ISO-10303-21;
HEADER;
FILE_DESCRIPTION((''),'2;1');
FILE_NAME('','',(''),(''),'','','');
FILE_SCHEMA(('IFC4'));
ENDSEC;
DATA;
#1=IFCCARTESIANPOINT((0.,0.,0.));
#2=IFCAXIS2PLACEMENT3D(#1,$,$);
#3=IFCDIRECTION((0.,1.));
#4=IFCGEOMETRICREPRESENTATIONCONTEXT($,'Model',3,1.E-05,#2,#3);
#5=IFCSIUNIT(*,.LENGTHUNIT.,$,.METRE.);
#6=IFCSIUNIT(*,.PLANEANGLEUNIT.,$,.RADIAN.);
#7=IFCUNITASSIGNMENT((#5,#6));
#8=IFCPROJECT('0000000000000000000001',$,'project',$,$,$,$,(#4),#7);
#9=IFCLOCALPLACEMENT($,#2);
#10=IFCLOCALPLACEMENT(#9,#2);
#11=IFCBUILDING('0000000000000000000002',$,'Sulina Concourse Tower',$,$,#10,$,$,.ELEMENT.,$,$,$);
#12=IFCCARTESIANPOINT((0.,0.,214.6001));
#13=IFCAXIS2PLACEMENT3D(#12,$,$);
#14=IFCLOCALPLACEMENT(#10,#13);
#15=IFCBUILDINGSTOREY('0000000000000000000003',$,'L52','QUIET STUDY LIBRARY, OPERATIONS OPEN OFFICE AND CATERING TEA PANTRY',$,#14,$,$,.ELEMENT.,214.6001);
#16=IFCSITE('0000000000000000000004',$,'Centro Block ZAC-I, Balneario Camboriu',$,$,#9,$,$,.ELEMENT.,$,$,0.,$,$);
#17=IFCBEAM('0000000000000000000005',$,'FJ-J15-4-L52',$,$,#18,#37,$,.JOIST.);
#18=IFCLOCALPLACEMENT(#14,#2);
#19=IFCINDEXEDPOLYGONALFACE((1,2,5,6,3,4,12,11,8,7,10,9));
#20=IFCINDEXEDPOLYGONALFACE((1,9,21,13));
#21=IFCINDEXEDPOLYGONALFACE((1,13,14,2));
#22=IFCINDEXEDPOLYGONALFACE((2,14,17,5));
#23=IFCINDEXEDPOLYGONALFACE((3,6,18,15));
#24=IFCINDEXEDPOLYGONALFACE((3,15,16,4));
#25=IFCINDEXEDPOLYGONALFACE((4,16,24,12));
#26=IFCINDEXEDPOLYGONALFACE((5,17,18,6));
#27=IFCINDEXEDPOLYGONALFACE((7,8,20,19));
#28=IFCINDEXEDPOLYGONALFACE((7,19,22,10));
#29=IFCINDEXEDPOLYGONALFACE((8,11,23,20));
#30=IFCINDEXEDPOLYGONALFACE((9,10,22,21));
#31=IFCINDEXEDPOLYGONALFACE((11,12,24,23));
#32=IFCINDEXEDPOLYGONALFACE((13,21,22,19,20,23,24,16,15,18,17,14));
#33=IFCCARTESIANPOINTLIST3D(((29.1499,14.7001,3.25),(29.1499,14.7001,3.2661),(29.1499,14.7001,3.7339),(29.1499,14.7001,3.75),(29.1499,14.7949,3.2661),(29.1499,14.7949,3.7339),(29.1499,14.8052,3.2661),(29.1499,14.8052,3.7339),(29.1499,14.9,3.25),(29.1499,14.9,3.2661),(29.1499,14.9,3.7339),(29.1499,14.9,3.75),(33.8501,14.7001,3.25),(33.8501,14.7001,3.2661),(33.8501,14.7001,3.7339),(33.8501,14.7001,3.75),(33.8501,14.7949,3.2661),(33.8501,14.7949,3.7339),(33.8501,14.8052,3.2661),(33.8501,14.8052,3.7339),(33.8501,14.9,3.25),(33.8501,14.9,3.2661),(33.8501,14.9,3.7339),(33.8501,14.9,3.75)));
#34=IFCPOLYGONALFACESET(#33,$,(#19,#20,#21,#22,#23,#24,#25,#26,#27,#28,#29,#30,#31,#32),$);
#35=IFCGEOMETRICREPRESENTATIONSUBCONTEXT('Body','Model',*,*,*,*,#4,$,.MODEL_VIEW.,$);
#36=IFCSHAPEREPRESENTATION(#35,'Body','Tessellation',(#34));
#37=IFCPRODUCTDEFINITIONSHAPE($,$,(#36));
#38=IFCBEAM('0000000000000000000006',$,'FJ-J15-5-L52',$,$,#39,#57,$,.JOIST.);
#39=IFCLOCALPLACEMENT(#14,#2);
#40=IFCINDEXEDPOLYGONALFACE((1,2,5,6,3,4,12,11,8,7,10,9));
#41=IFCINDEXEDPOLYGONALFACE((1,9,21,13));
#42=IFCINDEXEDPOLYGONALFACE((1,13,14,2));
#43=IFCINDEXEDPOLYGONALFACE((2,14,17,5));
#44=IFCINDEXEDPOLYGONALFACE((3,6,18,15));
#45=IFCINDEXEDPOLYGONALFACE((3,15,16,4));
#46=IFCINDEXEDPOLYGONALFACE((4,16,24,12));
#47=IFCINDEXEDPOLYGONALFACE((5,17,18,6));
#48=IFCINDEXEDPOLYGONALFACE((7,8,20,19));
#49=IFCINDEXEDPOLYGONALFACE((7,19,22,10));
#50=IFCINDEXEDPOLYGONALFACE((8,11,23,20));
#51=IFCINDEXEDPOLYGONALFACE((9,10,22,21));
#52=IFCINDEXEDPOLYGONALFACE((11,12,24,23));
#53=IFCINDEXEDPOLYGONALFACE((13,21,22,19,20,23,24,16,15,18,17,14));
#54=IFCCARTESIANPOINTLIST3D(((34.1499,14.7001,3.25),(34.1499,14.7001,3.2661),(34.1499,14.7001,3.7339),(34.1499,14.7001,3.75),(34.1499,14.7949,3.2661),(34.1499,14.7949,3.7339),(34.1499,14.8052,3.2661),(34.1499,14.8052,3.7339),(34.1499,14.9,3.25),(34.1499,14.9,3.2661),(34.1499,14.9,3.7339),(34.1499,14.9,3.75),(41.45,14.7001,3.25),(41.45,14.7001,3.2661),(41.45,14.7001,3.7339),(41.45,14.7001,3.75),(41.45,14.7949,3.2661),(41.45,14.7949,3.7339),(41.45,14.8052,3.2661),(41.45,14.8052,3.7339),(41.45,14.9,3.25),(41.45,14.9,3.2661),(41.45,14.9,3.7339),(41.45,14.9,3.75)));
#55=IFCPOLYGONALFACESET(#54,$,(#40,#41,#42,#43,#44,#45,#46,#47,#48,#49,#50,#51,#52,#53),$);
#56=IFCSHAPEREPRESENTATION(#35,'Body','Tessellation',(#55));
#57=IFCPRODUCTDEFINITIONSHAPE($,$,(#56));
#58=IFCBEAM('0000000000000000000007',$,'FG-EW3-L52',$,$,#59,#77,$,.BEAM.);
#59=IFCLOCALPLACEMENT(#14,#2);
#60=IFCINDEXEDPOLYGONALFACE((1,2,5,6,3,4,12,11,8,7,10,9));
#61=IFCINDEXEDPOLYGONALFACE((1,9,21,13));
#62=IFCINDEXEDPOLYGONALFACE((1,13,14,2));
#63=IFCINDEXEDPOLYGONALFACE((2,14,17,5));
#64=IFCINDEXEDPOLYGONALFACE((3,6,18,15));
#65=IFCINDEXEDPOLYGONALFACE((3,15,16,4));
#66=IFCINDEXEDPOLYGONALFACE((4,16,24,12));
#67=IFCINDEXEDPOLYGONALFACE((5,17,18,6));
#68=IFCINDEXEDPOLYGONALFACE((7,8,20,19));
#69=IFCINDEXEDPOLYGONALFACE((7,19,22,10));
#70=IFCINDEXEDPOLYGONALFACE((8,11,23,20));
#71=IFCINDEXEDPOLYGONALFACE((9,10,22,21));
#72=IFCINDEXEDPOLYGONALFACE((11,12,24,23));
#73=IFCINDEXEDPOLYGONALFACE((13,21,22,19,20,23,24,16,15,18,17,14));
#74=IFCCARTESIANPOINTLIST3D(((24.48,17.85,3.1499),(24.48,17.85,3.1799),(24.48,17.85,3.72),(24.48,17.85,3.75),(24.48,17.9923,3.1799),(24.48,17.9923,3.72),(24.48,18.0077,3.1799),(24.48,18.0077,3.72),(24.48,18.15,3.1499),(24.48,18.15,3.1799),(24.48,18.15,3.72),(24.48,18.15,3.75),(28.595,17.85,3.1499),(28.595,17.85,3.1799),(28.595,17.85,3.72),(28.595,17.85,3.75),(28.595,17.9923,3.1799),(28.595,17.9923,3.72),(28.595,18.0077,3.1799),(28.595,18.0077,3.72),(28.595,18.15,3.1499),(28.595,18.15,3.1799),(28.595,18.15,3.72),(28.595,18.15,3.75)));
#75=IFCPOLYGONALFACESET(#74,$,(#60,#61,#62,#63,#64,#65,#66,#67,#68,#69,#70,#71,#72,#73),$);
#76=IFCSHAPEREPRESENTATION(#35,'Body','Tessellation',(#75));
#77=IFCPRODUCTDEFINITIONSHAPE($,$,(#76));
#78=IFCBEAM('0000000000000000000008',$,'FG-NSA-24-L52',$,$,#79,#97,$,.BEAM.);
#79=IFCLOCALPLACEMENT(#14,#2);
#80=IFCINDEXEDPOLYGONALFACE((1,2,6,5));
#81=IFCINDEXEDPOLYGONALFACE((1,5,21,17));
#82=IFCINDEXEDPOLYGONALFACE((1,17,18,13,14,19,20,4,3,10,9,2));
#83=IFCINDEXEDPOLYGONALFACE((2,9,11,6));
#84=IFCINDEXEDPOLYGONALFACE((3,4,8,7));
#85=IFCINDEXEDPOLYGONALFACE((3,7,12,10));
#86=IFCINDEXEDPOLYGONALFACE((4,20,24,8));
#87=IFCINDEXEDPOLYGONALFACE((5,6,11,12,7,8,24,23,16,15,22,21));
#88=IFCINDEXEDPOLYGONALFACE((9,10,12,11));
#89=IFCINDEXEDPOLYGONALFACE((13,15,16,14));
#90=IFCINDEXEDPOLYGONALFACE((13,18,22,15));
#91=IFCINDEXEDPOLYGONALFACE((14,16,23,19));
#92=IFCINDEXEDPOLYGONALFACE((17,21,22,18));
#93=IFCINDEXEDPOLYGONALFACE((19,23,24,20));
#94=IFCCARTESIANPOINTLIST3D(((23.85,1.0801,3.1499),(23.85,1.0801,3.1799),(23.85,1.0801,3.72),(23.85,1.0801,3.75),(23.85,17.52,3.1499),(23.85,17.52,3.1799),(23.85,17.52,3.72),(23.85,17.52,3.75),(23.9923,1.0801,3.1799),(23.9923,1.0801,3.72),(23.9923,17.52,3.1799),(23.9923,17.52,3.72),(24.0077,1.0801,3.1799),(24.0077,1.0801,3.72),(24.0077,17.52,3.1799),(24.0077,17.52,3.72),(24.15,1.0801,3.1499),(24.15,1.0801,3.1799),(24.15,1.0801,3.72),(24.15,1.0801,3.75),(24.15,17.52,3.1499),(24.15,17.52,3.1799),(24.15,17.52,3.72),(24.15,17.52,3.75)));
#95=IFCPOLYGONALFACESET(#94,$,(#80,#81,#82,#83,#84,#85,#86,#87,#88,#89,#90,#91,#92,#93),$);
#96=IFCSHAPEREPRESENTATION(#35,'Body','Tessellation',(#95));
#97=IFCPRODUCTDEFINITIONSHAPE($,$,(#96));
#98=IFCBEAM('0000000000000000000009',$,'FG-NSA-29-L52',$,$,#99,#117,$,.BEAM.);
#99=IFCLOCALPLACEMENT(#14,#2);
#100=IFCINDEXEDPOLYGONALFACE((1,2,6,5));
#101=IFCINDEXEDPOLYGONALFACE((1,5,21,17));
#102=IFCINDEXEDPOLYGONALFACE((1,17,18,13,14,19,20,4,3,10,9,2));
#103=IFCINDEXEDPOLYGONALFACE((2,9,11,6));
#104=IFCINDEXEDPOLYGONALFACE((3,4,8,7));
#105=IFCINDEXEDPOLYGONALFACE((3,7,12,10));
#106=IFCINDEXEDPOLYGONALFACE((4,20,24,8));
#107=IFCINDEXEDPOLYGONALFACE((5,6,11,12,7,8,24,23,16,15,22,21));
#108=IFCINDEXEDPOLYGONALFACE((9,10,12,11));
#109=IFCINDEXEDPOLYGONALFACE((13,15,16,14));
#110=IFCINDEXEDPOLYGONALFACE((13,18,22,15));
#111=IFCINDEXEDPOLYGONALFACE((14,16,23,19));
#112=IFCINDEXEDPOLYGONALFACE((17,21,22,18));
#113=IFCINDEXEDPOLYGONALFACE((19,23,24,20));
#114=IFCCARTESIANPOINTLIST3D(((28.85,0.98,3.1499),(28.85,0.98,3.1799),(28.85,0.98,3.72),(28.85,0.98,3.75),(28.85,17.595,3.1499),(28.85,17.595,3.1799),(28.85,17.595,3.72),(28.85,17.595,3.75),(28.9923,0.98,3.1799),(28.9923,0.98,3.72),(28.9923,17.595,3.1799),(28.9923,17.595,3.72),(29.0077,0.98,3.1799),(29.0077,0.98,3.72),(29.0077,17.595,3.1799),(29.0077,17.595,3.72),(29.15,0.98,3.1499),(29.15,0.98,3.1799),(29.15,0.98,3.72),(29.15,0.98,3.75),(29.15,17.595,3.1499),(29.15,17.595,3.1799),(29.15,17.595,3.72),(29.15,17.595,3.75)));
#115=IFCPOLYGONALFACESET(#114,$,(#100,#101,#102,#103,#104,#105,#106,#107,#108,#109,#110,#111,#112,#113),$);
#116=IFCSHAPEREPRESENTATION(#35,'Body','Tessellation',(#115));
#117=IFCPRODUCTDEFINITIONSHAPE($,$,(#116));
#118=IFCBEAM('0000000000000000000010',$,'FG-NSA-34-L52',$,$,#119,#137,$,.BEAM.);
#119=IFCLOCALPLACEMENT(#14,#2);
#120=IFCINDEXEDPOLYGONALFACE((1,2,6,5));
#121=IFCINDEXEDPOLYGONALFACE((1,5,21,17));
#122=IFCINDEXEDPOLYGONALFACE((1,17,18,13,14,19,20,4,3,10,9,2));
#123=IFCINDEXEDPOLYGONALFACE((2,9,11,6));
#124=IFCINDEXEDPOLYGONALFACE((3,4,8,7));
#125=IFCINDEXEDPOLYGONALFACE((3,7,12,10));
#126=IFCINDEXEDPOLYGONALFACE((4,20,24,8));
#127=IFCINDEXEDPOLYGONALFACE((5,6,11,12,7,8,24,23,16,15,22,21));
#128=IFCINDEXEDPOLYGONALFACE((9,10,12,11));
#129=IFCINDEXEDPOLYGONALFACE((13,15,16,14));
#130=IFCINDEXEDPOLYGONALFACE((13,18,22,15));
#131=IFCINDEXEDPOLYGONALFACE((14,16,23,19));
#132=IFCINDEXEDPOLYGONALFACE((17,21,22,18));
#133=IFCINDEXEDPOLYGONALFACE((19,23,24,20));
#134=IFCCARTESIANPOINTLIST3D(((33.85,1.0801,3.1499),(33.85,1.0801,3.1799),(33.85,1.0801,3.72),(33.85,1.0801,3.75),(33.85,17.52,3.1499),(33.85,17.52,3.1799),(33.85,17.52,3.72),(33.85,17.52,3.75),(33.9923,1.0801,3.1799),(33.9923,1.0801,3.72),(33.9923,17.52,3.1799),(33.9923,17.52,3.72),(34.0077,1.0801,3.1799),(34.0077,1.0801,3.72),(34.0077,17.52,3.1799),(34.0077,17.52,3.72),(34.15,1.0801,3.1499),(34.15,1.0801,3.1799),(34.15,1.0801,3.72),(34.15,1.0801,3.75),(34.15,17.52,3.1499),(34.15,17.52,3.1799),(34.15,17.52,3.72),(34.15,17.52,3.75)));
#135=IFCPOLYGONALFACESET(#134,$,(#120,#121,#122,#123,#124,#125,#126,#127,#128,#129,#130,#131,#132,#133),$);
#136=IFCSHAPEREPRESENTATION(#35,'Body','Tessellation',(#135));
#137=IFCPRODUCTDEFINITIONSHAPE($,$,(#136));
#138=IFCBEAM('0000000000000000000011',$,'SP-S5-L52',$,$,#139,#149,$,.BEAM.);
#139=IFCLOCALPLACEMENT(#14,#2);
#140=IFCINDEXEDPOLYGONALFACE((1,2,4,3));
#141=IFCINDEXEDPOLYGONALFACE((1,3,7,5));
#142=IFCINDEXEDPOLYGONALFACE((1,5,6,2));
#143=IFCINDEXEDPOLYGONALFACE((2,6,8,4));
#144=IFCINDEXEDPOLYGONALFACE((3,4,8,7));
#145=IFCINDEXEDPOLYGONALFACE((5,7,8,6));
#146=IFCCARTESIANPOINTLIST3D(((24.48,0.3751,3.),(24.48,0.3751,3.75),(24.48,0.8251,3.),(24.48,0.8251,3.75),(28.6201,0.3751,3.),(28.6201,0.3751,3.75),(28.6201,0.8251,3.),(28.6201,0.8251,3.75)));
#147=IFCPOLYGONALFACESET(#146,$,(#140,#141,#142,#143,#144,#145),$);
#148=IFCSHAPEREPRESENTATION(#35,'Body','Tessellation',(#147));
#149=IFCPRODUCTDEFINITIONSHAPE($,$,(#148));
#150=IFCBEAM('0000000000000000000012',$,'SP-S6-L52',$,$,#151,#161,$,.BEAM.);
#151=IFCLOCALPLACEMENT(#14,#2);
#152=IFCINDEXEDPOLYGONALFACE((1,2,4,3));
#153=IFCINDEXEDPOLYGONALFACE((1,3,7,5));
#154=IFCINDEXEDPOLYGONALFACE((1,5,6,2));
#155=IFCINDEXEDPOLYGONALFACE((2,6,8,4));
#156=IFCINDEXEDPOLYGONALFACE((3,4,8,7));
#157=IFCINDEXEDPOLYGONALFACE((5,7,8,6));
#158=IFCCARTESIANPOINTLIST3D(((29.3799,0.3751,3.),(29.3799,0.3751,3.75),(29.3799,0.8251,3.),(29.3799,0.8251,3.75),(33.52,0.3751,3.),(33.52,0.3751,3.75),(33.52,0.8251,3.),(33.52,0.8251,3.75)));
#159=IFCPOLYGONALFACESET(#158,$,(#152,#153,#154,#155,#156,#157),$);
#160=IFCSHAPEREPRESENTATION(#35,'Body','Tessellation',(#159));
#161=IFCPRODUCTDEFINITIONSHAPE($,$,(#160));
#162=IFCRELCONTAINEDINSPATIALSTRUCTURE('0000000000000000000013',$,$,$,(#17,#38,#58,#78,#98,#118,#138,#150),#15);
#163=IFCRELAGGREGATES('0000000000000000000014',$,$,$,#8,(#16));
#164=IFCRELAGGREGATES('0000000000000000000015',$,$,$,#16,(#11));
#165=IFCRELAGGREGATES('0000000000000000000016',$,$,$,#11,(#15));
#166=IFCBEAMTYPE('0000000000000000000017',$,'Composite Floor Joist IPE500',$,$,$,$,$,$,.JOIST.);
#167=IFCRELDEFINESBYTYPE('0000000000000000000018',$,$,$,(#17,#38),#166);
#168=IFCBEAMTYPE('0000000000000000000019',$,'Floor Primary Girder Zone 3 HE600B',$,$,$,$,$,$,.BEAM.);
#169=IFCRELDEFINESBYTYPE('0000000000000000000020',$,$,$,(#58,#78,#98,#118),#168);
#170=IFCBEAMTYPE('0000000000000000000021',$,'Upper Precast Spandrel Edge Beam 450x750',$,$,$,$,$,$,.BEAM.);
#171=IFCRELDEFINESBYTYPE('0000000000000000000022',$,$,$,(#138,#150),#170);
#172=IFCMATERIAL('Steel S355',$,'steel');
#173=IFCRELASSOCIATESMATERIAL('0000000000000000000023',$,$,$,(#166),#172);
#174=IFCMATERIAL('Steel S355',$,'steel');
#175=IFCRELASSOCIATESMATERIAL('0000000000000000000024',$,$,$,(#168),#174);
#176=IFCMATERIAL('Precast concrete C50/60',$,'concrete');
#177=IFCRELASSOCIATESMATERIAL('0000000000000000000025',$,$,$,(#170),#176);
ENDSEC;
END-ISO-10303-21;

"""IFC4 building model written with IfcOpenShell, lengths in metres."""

from ifc_helpers import new_model, si_unit, direction, frame, origin, origin_2d, place, context, subcontext, project, spatial, rectangle, i_section, extrude, material, material_profile, profile_set, type_object, element, save


model = new_model("IFC4")

# Units and contexts
model_context = context("Model", 3, precision=1e-05, world=origin(), true_north=direction((0.0, 1.0)))
body_context = subcontext(model_context, "Body", "Model", "MODEL_VIEW")
ifc_project = project(units=[si_unit("LENGTHUNIT", "METRE"), si_unit("PLANEANGLEUNIT", "RADIAN")], contexts=[model_context])

# Site, building, storey
site_placement = place(None, origin())
site = spatial("IfcSite", under=ifc_project, at=site_placement, Name="Centro Block ZAC-I, Balneario Camboriu", CompositionType="ELEMENT", RefElevation=0.0)
building_placement = place(site_placement, origin())
building = spatial("IfcBuilding", under=site, at=building_placement, Name="Sulina Concourse Tower", CompositionType="ELEMENT")
storey_placement = place(building_placement, frame((0.0, 0.0, 214.6001)))
storey = spatial("IfcBuildingStorey", under=building, at=storey_placement, Name="L52", Description="QUIET STUDY LIBRARY, OPERATIONS OPEN OFFICE AND CATERING TEA PANTRY", CompositionType="ELEMENT", Elevation=214.6001)

# Beams
ifc_material_1 = material(Name="Steel S355", Category="steel")
ifc_material_profile_1 = material_profile(ifc_material_1, i_section(OverallWidth=0.2, OverallDepth=0.5, WebThickness=0.0103, FlangeThickness=0.0161, at=origin_2d()), Name="IPE 500")
ifc_profile_set_1 = profile_set([ifc_material_profile_1], Name="Steel S355")
beam_type_1 = type_object("IfcBeamType", Name="Composite Floor Joist IPE500", PredefinedType="JOIST", material=ifc_profile_set_1)
for number, where, z_axis, x_axis, name in (
    (1, (29.1499, 14.8, 3.5), (1.0, 0.0, 0.0), (0.0, 1.0, 0.0), "FJ-J15-4-L52"),
):
    element("IfcBeam", number, at=place(storey_placement, frame(where, z_axis=z_axis, x_axis=x_axis)), inside=storey, type_object=beam_type_1, Name=name, PredefinedType="JOIST", context=body_context, shape_type="SweptSolid", body=[
        extrude(i_section(OverallWidth=0.2, OverallDepth=0.5, WebThickness=0.0103, FlangeThickness=0.0161, at=origin_2d()), origin(), (0.0, 0.0, 1.0), 4.7002),
    ])
beam_1_placement = place(storey_placement, frame((34.1499, 14.8, 3.5), z_axis=(1.0, 0.0, 0.0), x_axis=(0.0, 1.0, 0.0)))
element("IfcBeam", 2, at=beam_1_placement, inside=storey, type_object=beam_type_1, Name="FJ-J15-5-L52", PredefinedType="JOIST", context=body_context, shape_type="SweptSolid", body=[
    extrude(i_section(OverallWidth=0.2, OverallDepth=0.5, WebThickness=0.0103, FlangeThickness=0.0161, at=origin_2d()), origin(), (0.0, 0.0, 1.0), 7.3),
])
ifc_material_2 = material(Name="Steel S355", Category="steel")
ifc_material_profile_2 = material_profile(ifc_material_2, i_section(OverallWidth=0.3, OverallDepth=0.6001, WebThickness=0.0154, FlangeThickness=0.03, at=origin_2d()), Name="HE 600 B")
ifc_profile_set_2 = profile_set([ifc_material_profile_2], Name="Steel S355")
beam_type_2 = type_object("IfcBeamType", Name="Floor Primary Girder Zone 3 HE600B", PredefinedType="BEAM", material=ifc_profile_set_2)
beam_2_placement = place(storey_placement, frame((24.48, 18.0, 3.45), z_axis=(1.0, 0.0, 0.0), x_axis=(0.0, 1.0, 0.0)))
element("IfcBeam", 3, at=beam_2_placement, inside=storey, type_object=beam_type_2, Name="FG-EW3-L52", PredefinedType="BEAM", context=body_context, shape_type="SweptSolid", body=[
    extrude(i_section(OverallWidth=0.3, OverallDepth=0.6001, WebThickness=0.0154, FlangeThickness=0.03, at=origin_2d()), origin(), (0.0, 0.0, 1.0), 4.115),
])
beam_3_placement = place(storey_placement, frame((24.0, 1.0801, 3.45), z_axis=(0.0, 1.0, 0.0), x_axis=(-1.0, 0.0, 0.0)))
element("IfcBeam", 4, at=beam_3_placement, inside=storey, type_object=beam_type_2, Name="FG-NSA-24-L52", PredefinedType="BEAM", context=body_context, shape_type="SweptSolid", body=[
    extrude(i_section(OverallWidth=0.3, OverallDepth=0.6001, WebThickness=0.0154, FlangeThickness=0.03, at=origin_2d()), origin(), (0.0, 0.0, 1.0), 16.4399),
])
beam_4_placement = place(storey_placement, frame((29.0, 0.98, 3.45), z_axis=(0.0, 1.0, 0.0), x_axis=(-1.0, 0.0, 0.0)))
element("IfcBeam", 5, at=beam_4_placement, inside=storey, type_object=beam_type_2, Name="FG-NSA-29-L52", PredefinedType="BEAM", context=body_context, shape_type="SweptSolid", body=[
    extrude(i_section(OverallWidth=0.3, OverallDepth=0.6001, WebThickness=0.0154, FlangeThickness=0.03, at=origin_2d()), origin(), (0.0, 0.0, 1.0), 16.615),
])
beam_5_placement = place(storey_placement, frame((34.0, 1.0801, 3.45), z_axis=(0.0, 1.0, 0.0), x_axis=(-1.0, 0.0, 0.0)))
element("IfcBeam", 6, at=beam_5_placement, inside=storey, type_object=beam_type_2, Name="FG-NSA-34-L52", PredefinedType="BEAM", context=body_context, shape_type="SweptSolid", body=[
    extrude(i_section(OverallWidth=0.3, OverallDepth=0.6001, WebThickness=0.0154, FlangeThickness=0.03, at=origin_2d()), origin(), (0.0, 0.0, 1.0), 16.4399),
])
ifc_material_3 = material(Name="Precast concrete C50/60", Category="concrete")
ifc_material_profile_3 = material_profile(ifc_material_3, rectangle(XDim=0.45, YDim=0.75, at=origin_2d()), Name="RC 450x750")
ifc_profile_set_3 = profile_set([ifc_material_profile_3], Name="Precast concrete C50/60")
beam_type_3 = type_object("IfcBeamType", Name="Upper Precast Spandrel Edge Beam 450x750", PredefinedType="BEAM", material=ifc_profile_set_3)
for number, where, z_axis, x_axis, name in (
    (7, (24.48, 0.6001, 3.375), (1.0, 0.0, 0.0), (0.0, 1.0, 0.0), "SP-S5-L52"),
    (8, (29.3799, 0.6001, 3.375), (1.0, 0.0, 0.0), (0.0, 1.0, 0.0), "SP-S6-L52"),
):
    element("IfcBeam", number, at=place(storey_placement, frame(where, z_axis=z_axis, x_axis=x_axis)), inside=storey, type_object=beam_type_3, Name=name, PredefinedType="BEAM", context=body_context, shape_type="SweptSolid", body=[
        extrude(rectangle(XDim=0.45, YDim=0.75, at=origin_2d()), origin(), (0.0, 0.0, 1.0), 4.1401),
    ])

save(model, "model.ifc")
